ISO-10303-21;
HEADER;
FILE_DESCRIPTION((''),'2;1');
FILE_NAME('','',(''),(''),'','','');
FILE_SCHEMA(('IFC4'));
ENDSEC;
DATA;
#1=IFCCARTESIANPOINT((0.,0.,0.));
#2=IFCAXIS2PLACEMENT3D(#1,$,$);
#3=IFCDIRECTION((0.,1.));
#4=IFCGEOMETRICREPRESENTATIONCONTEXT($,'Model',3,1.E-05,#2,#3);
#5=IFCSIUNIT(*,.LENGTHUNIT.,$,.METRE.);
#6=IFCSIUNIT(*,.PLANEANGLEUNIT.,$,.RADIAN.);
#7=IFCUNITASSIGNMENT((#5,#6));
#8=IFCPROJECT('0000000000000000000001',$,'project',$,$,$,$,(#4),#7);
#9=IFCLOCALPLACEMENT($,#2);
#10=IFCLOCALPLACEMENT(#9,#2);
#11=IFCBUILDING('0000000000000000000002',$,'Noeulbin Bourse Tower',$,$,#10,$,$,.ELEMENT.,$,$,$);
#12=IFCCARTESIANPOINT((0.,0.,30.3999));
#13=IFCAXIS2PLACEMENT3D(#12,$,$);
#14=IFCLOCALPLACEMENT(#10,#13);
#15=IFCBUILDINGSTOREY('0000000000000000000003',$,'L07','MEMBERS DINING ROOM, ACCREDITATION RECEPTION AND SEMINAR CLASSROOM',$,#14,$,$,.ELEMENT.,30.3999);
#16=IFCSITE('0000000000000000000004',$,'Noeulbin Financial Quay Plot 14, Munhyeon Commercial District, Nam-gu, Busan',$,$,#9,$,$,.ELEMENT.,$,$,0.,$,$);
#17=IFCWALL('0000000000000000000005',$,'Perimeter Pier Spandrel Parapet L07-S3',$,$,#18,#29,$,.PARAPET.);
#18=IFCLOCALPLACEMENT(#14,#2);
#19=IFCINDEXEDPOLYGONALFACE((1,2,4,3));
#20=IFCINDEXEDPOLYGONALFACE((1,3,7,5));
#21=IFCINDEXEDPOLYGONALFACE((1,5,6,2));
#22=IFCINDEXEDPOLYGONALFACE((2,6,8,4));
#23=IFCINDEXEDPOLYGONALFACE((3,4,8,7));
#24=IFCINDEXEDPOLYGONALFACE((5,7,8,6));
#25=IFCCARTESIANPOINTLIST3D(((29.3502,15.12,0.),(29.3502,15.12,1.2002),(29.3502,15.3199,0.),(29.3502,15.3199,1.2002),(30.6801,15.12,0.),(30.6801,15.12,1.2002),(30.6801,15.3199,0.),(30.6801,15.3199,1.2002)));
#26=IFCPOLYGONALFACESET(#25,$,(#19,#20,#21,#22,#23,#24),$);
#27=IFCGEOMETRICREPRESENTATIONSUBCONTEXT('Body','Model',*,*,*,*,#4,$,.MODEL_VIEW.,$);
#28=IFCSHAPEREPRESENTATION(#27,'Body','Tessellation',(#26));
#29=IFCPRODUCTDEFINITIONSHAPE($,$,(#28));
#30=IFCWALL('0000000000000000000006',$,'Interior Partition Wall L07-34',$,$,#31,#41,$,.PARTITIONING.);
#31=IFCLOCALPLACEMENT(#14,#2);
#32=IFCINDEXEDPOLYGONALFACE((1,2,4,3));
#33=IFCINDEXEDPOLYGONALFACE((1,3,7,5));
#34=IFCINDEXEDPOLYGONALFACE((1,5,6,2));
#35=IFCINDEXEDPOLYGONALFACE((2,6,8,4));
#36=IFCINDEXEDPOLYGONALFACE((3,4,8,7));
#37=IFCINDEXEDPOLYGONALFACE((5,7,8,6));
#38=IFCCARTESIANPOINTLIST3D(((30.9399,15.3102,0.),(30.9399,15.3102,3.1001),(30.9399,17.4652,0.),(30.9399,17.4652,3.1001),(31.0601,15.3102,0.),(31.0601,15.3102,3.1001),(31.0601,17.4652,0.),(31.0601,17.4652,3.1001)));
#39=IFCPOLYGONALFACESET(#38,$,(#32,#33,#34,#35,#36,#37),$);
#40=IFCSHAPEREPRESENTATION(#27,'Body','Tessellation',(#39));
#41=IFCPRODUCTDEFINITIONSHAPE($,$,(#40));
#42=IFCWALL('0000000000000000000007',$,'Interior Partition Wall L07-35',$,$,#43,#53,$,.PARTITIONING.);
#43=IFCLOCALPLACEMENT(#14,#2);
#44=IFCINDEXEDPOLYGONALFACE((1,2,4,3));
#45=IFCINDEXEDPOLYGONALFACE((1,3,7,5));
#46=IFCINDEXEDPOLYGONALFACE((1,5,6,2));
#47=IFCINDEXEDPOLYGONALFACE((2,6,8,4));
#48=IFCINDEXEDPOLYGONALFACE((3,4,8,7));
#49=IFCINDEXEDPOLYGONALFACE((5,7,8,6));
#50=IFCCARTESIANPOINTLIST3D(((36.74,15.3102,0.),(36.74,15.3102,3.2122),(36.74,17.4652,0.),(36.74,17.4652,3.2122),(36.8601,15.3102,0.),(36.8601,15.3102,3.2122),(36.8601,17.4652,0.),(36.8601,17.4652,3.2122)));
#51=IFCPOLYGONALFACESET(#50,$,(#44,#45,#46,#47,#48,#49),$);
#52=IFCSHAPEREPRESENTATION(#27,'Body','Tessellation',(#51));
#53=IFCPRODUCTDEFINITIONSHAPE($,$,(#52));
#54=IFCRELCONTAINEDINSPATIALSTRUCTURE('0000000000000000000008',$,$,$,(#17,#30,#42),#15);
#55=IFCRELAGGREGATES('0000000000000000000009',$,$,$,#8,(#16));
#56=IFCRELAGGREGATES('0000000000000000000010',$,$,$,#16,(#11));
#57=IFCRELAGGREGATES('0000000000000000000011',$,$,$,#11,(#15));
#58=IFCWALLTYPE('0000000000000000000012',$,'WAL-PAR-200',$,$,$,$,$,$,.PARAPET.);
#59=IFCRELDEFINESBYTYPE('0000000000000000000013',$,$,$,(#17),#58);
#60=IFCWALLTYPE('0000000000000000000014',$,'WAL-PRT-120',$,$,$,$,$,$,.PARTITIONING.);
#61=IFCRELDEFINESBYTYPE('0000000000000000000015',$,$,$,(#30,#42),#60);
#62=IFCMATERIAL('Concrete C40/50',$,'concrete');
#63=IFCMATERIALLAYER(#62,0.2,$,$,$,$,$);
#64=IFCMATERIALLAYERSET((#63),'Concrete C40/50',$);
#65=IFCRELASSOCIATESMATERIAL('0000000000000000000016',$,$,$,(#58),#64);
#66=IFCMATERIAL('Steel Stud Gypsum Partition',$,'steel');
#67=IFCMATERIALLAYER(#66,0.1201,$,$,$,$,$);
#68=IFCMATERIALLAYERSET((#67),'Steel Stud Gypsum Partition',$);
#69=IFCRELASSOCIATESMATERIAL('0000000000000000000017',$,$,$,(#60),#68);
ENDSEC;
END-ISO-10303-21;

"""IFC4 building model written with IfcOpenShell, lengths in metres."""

from ifc_helpers import new_model, si_unit, direction, frame, frame_2d, origin, place, context, subcontext, project, spatial, rectangle, extrude, material, layer, layer_set, type_object, element, save


model = new_model("IFC4")

# Units and contexts
model_context = context("Model", 3, precision=1e-05, world=origin(), true_north=direction((0.0, 1.0)))
body_context = subcontext(model_context, "Body", "Model", "MODEL_VIEW")
ifc_project = project(units=[si_unit("LENGTHUNIT", "METRE"), si_unit("PLANEANGLEUNIT", "RADIAN")], contexts=[model_context])

# Site, building, storey
site_placement = place(None, origin())
site = spatial("IfcSite", under=ifc_project, at=site_placement, Name="Noeulbin Financial Quay Plot 14, Munhyeon Commercial District, Nam-gu, Busan", CompositionType="ELEMENT", RefElevation=0.0)
building_placement = place(site_placement, origin())
building = spatial("IfcBuilding", under=site, at=building_placement, Name="Noeulbin Bourse Tower", CompositionType="ELEMENT")
storey_placement = place(building_placement, frame((0.0, 0.0, 30.3999)))
storey = spatial("IfcBuildingStorey", under=building, at=storey_placement, Name="L07", Description="MEMBERS DINING ROOM, ACCREDITATION RECEPTION AND SEMINAR CLASSROOM", CompositionType="ELEMENT", Elevation=30.3999)

# Walls
ifc_material_1 = material(Name="Concrete C40/50", Category="concrete")
ifc_layer_1 = layer(ifc_material_1, 0.2)
ifc_layer_set_1 = layer_set([ifc_layer_1], Name="Concrete C40/50")
wall_type_1 = type_object("IfcWallType", Name="WAL-PAR-200", PredefinedType="PARAPET", material=ifc_layer_set_1)
wall_1_placement = place(storey_placement, frame((29.3501, 15.22, 0.0), z_axis=(0.0, 0.0, 1.0), x_axis=(1.0, 0.0, 0.0)))
element("IfcWall", 1, at=wall_1_placement, inside=storey, type_object=wall_type_1, Name="Perimeter Pier Spandrel Parapet L07-S3", PredefinedType="PARAPET", context=body_context, shape_type="SweptSolid", body=[
    extrude(rectangle(XDim=1.3298, YDim=0.2, at=frame_2d((0.665, 0.0))), origin(), (0.0, 0.0, 1.0), 1.2002),
])
ifc_material_2 = material(Name="Steel Stud Gypsum Partition", Category="steel")
ifc_layer_2 = layer(ifc_material_2, 0.1201)
ifc_layer_set_2 = layer_set([ifc_layer_2], Name="Steel Stud Gypsum Partition")
wall_type_2 = type_object("IfcWallType", Name="WAL-PRT-120", PredefinedType="PARTITIONING", material=ifc_layer_set_2)
wall_2_placement = place(storey_placement, frame((31.0, 15.3101, 0.0), z_axis=(0.0, 0.0, 1.0), x_axis=(0.0, 1.0, 0.0)))
element("IfcWall", 2, at=wall_2_placement, inside=storey, type_object=wall_type_2, Name="Interior Partition Wall L07-34", PredefinedType="PARTITIONING", context=body_context, shape_type="SweptSolid", body=[
    extrude(rectangle(XDim=2.155, YDim=0.1201, at=frame_2d((1.0776, 0.0))), origin(), (0.0, 0.0, 1.0), 3.1001),
])
wall_3_placement = place(storey_placement, frame((36.8, 15.3101, 0.0), z_axis=(0.0, 0.0, 1.0), x_axis=(0.0, 1.0, 0.0)))
element("IfcWall", 3, at=wall_3_placement, inside=storey, type_object=wall_type_2, Name="Interior Partition Wall L07-35", PredefinedType="PARTITIONING", context=body_context, shape_type="SweptSolid", body=[
    extrude(rectangle(XDim=2.155, YDim=0.1201, at=frame_2d((1.0776, 0.0))), origin(), (0.0, 0.0, 1.0), 3.2122),
])

save(model, "model.ifc")
